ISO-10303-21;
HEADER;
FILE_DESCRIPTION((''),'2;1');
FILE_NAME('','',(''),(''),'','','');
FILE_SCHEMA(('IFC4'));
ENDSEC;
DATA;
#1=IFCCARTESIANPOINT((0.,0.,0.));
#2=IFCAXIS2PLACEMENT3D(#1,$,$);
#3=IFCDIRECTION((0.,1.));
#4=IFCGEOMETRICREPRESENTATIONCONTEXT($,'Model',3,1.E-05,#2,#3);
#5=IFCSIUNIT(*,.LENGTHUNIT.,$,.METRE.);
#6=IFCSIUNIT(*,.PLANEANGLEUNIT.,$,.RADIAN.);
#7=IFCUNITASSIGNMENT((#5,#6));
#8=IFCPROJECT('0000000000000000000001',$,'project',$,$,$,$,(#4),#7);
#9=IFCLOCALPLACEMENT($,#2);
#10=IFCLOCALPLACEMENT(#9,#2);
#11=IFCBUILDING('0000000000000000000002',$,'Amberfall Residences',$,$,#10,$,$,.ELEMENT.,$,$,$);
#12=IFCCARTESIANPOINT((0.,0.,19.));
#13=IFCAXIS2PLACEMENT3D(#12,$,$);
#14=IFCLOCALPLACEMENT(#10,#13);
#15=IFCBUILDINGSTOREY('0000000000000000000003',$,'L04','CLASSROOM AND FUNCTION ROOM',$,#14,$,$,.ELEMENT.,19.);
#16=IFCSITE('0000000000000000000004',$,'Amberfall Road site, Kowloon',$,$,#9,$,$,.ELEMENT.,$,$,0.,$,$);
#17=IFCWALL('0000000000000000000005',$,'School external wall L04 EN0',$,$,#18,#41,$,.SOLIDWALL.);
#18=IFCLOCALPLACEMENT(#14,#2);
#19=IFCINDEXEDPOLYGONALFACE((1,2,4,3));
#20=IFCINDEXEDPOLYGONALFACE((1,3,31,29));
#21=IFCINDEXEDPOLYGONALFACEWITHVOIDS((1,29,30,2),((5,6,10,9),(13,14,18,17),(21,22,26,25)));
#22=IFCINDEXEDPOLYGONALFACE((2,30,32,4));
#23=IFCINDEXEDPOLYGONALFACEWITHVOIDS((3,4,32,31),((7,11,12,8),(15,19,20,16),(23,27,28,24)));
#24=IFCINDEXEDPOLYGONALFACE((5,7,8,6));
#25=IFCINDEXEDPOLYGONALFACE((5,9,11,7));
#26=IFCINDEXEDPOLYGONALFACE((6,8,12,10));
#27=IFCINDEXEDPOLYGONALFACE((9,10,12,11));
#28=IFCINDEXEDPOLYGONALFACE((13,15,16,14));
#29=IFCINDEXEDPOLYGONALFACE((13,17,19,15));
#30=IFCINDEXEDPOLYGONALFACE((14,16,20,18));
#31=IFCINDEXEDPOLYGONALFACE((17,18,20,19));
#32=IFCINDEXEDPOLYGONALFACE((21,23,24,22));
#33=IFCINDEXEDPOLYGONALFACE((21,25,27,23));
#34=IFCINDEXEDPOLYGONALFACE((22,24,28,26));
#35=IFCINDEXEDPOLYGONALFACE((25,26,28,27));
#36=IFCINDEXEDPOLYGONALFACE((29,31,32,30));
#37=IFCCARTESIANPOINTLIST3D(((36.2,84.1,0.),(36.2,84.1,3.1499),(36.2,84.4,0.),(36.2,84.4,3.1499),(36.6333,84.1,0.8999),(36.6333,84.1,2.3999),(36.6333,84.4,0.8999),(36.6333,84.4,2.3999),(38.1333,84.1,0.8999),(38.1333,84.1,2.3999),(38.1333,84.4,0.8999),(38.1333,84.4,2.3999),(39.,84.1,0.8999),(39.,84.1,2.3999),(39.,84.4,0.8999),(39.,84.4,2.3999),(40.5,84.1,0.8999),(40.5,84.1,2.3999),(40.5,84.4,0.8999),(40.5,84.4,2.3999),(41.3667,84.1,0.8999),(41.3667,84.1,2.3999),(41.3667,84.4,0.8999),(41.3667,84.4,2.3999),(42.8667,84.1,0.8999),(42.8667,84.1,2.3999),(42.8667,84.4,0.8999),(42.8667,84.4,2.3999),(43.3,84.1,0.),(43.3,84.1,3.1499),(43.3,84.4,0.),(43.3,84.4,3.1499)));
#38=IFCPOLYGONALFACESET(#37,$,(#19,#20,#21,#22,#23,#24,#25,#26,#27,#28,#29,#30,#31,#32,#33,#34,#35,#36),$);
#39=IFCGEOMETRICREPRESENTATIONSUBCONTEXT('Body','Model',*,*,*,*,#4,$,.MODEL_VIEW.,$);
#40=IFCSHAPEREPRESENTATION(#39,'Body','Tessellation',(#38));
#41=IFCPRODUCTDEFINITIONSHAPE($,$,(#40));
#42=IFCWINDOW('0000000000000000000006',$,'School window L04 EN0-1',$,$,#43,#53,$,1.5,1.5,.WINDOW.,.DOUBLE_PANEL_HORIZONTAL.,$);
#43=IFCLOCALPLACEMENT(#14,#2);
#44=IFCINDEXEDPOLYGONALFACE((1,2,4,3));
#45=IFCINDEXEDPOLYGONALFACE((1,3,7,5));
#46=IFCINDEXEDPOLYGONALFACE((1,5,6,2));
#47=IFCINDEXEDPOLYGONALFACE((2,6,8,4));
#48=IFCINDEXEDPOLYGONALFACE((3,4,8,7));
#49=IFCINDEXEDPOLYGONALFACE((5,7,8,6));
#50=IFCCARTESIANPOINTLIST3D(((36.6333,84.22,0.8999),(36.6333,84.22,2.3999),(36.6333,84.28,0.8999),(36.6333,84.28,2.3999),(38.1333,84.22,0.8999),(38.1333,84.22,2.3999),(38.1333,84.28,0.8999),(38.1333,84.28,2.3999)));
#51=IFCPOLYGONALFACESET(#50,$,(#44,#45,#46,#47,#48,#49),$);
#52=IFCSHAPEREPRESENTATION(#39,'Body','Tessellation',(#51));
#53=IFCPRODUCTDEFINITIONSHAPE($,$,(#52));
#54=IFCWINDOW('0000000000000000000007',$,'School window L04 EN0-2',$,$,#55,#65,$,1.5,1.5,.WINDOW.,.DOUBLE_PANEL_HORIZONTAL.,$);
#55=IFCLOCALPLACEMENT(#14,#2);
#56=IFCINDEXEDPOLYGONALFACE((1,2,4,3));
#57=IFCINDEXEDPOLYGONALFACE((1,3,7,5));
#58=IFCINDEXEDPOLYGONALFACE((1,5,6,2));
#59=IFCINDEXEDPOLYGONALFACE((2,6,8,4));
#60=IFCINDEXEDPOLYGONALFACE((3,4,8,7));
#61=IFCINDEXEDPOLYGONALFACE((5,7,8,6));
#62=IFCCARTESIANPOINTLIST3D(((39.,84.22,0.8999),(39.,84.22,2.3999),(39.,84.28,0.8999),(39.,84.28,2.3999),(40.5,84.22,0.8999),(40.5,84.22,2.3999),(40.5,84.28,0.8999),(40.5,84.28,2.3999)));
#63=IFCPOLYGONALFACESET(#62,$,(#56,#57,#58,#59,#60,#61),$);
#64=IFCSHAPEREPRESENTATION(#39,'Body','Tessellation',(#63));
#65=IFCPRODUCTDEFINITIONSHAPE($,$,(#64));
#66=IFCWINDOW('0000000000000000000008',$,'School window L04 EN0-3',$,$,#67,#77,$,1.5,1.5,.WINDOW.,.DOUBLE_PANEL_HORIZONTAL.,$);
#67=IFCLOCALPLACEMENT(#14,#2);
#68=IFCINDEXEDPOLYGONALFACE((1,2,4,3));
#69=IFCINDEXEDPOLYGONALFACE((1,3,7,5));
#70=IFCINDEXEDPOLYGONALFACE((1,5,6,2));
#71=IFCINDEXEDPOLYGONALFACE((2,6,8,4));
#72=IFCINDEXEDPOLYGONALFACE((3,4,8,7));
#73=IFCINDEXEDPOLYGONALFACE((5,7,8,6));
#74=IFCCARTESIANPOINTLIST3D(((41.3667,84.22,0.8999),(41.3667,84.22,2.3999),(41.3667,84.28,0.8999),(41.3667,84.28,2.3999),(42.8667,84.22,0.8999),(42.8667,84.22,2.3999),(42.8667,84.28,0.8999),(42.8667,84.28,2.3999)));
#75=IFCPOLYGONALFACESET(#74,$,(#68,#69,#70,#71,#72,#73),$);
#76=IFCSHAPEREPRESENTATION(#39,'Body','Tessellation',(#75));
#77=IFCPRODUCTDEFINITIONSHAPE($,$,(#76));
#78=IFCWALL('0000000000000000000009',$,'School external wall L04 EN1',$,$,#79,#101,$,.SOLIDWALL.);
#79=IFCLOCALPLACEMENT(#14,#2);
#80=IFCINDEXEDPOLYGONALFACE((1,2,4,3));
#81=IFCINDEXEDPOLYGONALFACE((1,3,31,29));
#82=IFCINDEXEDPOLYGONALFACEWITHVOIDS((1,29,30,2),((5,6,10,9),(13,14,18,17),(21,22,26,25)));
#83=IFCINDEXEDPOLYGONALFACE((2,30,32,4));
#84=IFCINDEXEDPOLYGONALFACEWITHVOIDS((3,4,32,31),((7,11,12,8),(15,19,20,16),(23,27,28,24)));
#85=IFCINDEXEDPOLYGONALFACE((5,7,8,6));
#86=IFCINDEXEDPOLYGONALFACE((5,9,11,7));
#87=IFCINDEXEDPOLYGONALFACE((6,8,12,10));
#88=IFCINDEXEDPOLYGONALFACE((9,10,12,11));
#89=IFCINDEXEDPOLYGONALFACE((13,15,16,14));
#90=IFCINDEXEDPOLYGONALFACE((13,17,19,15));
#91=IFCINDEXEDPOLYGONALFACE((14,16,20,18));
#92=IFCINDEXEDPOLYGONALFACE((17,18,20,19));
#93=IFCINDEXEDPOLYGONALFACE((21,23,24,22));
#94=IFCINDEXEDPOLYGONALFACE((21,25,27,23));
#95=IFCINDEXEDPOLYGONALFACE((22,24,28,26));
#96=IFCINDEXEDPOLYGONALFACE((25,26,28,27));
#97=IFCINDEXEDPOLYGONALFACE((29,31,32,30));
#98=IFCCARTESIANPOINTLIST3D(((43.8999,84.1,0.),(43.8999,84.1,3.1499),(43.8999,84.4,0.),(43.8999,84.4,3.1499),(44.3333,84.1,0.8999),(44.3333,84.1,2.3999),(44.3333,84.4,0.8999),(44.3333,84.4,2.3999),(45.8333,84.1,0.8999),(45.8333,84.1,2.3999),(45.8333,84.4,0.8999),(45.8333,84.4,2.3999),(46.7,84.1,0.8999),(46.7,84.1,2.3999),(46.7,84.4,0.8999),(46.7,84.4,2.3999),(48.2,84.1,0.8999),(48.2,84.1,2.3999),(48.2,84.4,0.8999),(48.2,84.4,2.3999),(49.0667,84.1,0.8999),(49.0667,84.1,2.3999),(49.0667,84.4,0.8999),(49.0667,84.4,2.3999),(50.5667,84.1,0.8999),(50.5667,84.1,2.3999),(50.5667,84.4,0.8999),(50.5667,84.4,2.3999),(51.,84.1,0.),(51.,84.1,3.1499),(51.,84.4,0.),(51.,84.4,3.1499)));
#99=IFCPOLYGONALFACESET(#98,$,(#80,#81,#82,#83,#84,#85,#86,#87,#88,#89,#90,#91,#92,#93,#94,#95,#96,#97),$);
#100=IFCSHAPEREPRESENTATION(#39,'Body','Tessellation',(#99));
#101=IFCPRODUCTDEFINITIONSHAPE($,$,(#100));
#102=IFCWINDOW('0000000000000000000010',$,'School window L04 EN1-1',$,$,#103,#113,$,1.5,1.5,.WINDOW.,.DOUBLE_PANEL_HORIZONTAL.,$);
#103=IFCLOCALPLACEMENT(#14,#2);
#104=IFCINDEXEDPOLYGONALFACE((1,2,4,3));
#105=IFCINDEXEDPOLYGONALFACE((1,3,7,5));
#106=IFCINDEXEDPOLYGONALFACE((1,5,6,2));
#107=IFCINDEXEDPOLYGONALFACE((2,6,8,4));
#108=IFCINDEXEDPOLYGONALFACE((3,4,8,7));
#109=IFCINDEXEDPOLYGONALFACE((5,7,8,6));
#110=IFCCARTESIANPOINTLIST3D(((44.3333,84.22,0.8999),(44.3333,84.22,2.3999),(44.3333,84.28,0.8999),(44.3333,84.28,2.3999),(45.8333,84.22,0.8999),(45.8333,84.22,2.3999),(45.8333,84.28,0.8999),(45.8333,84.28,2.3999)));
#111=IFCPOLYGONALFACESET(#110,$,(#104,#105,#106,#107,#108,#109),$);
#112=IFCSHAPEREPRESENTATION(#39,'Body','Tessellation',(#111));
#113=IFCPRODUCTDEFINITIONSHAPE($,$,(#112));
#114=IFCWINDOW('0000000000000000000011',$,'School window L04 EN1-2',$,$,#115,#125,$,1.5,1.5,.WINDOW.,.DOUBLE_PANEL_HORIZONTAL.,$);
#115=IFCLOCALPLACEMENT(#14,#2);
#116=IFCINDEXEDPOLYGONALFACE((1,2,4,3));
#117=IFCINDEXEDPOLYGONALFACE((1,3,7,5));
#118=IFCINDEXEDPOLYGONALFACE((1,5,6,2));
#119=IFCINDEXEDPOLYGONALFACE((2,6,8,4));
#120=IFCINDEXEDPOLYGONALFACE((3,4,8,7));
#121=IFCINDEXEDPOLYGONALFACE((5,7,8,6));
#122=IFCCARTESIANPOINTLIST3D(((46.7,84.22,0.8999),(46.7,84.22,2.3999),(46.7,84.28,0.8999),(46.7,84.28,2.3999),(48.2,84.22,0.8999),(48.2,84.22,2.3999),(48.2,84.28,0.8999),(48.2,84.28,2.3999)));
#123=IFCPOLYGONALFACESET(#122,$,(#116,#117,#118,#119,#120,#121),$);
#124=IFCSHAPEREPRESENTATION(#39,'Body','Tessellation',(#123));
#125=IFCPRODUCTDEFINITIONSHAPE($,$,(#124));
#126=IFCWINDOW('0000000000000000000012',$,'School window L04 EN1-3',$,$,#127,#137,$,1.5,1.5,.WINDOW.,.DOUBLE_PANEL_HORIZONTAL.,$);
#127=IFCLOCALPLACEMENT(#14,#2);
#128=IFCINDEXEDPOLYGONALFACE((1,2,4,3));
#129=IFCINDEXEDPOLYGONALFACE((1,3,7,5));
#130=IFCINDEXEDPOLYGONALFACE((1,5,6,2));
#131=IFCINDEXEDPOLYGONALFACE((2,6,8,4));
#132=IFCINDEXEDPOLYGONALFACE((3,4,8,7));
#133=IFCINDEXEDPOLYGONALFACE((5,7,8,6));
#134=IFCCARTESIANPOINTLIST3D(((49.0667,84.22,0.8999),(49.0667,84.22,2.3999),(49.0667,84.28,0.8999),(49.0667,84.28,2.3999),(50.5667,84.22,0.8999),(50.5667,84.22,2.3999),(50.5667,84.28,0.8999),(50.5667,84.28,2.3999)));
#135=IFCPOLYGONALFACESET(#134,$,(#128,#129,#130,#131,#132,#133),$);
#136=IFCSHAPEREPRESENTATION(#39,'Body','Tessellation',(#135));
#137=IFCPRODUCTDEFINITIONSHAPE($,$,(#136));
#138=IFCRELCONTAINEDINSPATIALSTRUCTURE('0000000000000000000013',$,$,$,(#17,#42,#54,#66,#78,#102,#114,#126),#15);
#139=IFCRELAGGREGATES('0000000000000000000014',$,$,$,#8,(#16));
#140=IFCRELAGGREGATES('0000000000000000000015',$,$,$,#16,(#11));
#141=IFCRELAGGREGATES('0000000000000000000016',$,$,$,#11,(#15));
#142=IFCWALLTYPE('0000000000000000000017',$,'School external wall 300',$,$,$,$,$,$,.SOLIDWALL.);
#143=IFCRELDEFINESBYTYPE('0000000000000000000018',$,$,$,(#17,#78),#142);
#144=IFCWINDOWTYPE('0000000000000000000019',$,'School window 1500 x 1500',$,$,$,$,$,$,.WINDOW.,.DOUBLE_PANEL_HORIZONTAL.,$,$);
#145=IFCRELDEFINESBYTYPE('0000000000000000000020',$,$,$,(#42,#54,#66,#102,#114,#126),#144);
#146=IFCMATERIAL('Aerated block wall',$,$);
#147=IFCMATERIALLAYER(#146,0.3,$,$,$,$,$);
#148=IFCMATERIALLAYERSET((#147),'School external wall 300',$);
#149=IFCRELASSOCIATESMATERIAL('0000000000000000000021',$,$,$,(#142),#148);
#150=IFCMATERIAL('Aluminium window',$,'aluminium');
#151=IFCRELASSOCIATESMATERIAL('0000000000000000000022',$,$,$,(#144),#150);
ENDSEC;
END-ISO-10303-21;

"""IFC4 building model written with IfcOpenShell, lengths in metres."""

from ifc_helpers import new_model, si_unit, direction, frame, frame_2d, origin, place, context, subcontext, project, spatial, rectangle, extrude, material, layer, layer_set, type_object, element, fill, save


model = new_model("IFC4")

# Units and contexts
model_context = context("Model", 3, precision=1e-05, world=origin(), true_north=direction((0.0, 1.0)))
body_context = subcontext(model_context, "Body", "Model", "MODEL_VIEW")
ifc_project = project(units=[si_unit("LENGTHUNIT", "METRE"), si_unit("PLANEANGLEUNIT", "RADIAN")], contexts=[model_context])

# Site, building, storey
site_placement = place(None, origin())
site = spatial("IfcSite", under=ifc_project, at=site_placement, Name="Amberfall Road site, Kowloon", CompositionType="ELEMENT", RefElevation=0.0)
building_placement = place(site_placement, origin())
building = spatial("IfcBuilding", under=site, at=building_placement, Name="Amberfall Residences", CompositionType="ELEMENT")
storey_placement = place(building_placement, frame((0.0, 0.0, 19.0)))
storey = spatial("IfcBuildingStorey", under=building, at=storey_placement, Name="L04", Description="CLASSROOM AND FUNCTION ROOM", CompositionType="ELEMENT", Elevation=19.0)

# Walls, openings, windows
ifc_material_1 = material(Name="Aerated block wall")
ifc_layer_1 = layer(ifc_material_1, 0.3)
ifc_layer_set_1 = layer_set([ifc_layer_1], Name="School external wall 300")
wall_type_1 = type_object("IfcWallType", Name="School external wall 300", PredefinedType="SOLIDWALL", material=ifc_layer_set_1)
ifc_material_2 = material(Name="Aluminium window", Category="aluminium")
window_type = type_object("IfcWindowType", Name="School window 1500 x 1500", PartitioningType="DOUBLE_PANEL_HORIZONTAL", PredefinedType="WINDOW", material=ifc_material_2)
wall_1_placement = place(storey_placement, frame((36.2, 84.25, 0.0), z_axis=(0.0, 0.0, 1.0), x_axis=(1.0, 0.0, 0.0)))
wall_1 = element("IfcWall", 1, at=wall_1_placement, inside=storey, type_object=wall_type_1, Name="School external wall L04 EN0", PredefinedType="SOLIDWALL", context=body_context, shape_type="SweptSolid", body=[
    extrude(rectangle(XDim=7.1001, YDim=0.3, at=frame_2d((3.55, 0.0))), origin(), (0.0, 0.0, 1.0), 3.1499),
])
opening_1_placement = place(wall_1_placement, frame((0.4333, 0.0, 0.8999)))
opening_1 = element("IfcOpeningElement", 2, at=opening_1_placement, cuts=wall_1, PredefinedType="OPENING", context=body_context, shape_type="SweptSolid", body=[
    extrude(rectangle(XDim=1.5, YDim=1.5, at=frame_2d((0.75, 0.75))), frame((0.0, 0.1599, 0.0), z_axis=(0.0, -1.0, 0.0), x_axis=(1.0, 0.0, 0.0)), (0.0, 0.0, 1.0), 0.3201),
])
opening_2_placement = place(wall_1_placement, frame((2.8, 0.0, 0.8999)))
opening_2 = element("IfcOpeningElement", 3, at=opening_2_placement, cuts=wall_1, PredefinedType="OPENING", context=body_context, shape_type="SweptSolid", body=[
    extrude(rectangle(XDim=1.5, YDim=1.5, at=frame_2d((0.75, 0.75))), frame((0.0, 0.1599, 0.0), z_axis=(0.0, -1.0, 0.0), x_axis=(1.0, 0.0, 0.0)), (0.0, 0.0, 1.0), 0.3201),
])
opening_3_placement = place(wall_1_placement, frame((5.1667, 0.0, 0.8999)))
opening_3 = element("IfcOpeningElement", 4, at=opening_3_placement, cuts=wall_1, PredefinedType="OPENING", context=body_context, shape_type="SweptSolid", body=[
    extrude(rectangle(XDim=1.5, YDim=1.5, at=frame_2d((0.75, 0.75))), frame((0.0, 0.1599, 0.0), z_axis=(0.0, -1.0, 0.0), x_axis=(1.0, 0.0, 0.0)), (0.0, 0.0, 1.0), 0.3201),
])
window_1_placement = place(opening_1_placement, origin())
window_1 = element("IfcWindow", 5, at=window_1_placement, inside=storey, type_object=window_type, Name="School window L04 EN0-1", OverallHeight=1.5, OverallWidth=1.5, PartitioningType="DOUBLE_PANEL_HORIZONTAL", PredefinedType="WINDOW", context=body_context, shape_type="SweptSolid", body=[
    extrude(rectangle(XDim=1.5, YDim=1.5, at=frame_2d((0.75, 0.75))), frame((0.0, 0.03, 0.0), z_axis=(0.0, -1.0, 0.0), x_axis=(1.0, 0.0, 0.0)), (0.0, 0.0, 1.0), 0.0601),
])
fill(opening_1, window_1)
window_2_placement = place(opening_2_placement, origin())
window_2 = element("IfcWindow", 6, at=window_2_placement, inside=storey, type_object=window_type, Name="School window L04 EN0-2", OverallHeight=1.5, OverallWidth=1.5, PartitioningType="DOUBLE_PANEL_HORIZONTAL", PredefinedType="WINDOW", context=body_context, shape_type="SweptSolid", body=[
    extrude(rectangle(XDim=1.5, YDim=1.5, at=frame_2d((0.75, 0.75))), frame((0.0, 0.03, 0.0), z_axis=(0.0, -1.0, 0.0), x_axis=(1.0, 0.0, 0.0)), (0.0, 0.0, 1.0), 0.0601),
])
fill(opening_2, window_2)
window_3_placement = place(opening_3_placement, origin())
window_3 = element("IfcWindow", 7, at=window_3_placement, inside=storey, type_object=window_type, Name="School window L04 EN0-3", OverallHeight=1.5, OverallWidth=1.5, PartitioningType="DOUBLE_PANEL_HORIZONTAL", PredefinedType="WINDOW", context=body_context, shape_type="SweptSolid", body=[
    extrude(rectangle(XDim=1.5, YDim=1.5, at=frame_2d((0.75, 0.75))), frame((0.0, 0.03, 0.0), z_axis=(0.0, -1.0, 0.0), x_axis=(1.0, 0.0, 0.0)), (0.0, 0.0, 1.0), 0.0601),
])
fill(opening_3, window_3)
wall_2_placement = place(storey_placement, frame((43.8999, 84.25, 0.0), z_axis=(0.0, 0.0, 1.0), x_axis=(1.0, 0.0, 0.0)))
wall_2 = element("IfcWall", 8, at=wall_2_placement, inside=storey, type_object=wall_type_1, Name="School external wall L04 EN1", PredefinedType="SOLIDWALL", context=body_context, shape_type="SweptSolid", body=[
    extrude(rectangle(XDim=7.1001, YDim=0.3, at=frame_2d((3.55, 0.0))), origin(), (0.0, 0.0, 1.0), 3.1499),
])
opening_4_placement = place(wall_2_placement, frame((0.4333, 0.0, 0.8999)))
opening_4 = element("IfcOpeningElement", 9, at=opening_4_placement, cuts=wall_2, PredefinedType="OPENING", context=body_context, shape_type="SweptSolid", body=[
    extrude(rectangle(XDim=1.5, YDim=1.5, at=frame_2d((0.75, 0.75))), frame((0.0, 0.1599, 0.0), z_axis=(0.0, -1.0, 0.0), x_axis=(1.0, 0.0, 0.0)), (0.0, 0.0, 1.0), 0.3201),
])
opening_5_placement = place(wall_2_placement, frame((2.8, 0.0, 0.8999)))
opening_5 = element("IfcOpeningElement", 10, at=opening_5_placement, cuts=wall_2, PredefinedType="OPENING", context=body_context, shape_type="SweptSolid", body=[
    extrude(rectangle(XDim=1.5, YDim=1.5, at=frame_2d((0.75, 0.75))), frame((0.0, 0.1599, 0.0), z_axis=(0.0, -1.0, 0.0), x_axis=(1.0, 0.0, 0.0)), (0.0, 0.0, 1.0), 0.3201),
])
opening_6_placement = place(wall_2_placement, frame((5.1667, 0.0, 0.8999)))
opening_6 = element("IfcOpeningElement", 11, at=opening_6_placement, cuts=wall_2, PredefinedType="OPENING", context=body_context, shape_type="SweptSolid", body=[
    extrude(rectangle(XDim=1.5, YDim=1.5, at=frame_2d((0.75, 0.75))), frame((0.0, 0.1599, 0.0), z_axis=(0.0, -1.0, 0.0), x_axis=(1.0, 0.0, 0.0)), (0.0, 0.0, 1.0), 0.3201),
])
window_4_placement = place(opening_4_placement, origin())
window_4 = element("IfcWindow", 12, at=window_4_placement, inside=storey, type_object=window_type, Name="School window L04 EN1-1", OverallHeight=1.5, OverallWidth=1.5, PartitioningType="DOUBLE_PANEL_HORIZONTAL", PredefinedType="WINDOW", context=body_context, shape_type="SweptSolid", body=[
    extrude(rectangle(XDim=1.5, YDim=1.5, at=frame_2d((0.75, 0.75))), frame((0.0, 0.03, 0.0), z_axis=(0.0, -1.0, 0.0), x_axis=(1.0, 0.0, 0.0)), (0.0, 0.0, 1.0), 0.0601),
])
fill(opening_4, window_4)
window_5_placement = place(opening_5_placement, origin())
window_5 = element("IfcWindow", 13, at=window_5_placement, inside=storey, type_object=window_type, Name="School window L04 EN1-2", OverallHeight=1.5, OverallWidth=1.5, PartitioningType="DOUBLE_PANEL_HORIZONTAL", PredefinedType="WINDOW", context=body_context, shape_type="SweptSolid", body=[
    extrude(rectangle(XDim=1.5, YDim=1.5, at=frame_2d((0.75, 0.75))), frame((0.0, 0.03, 0.0), z_axis=(0.0, -1.0, 0.0), x_axis=(1.0, 0.0, 0.0)), (0.0, 0.0, 1.0), 0.0601),
])
fill(opening_5, window_5)
window_6_placement = place(opening_6_placement, origin())
window_6 = element("IfcWindow", 14, at=window_6_placement, inside=storey, type_object=window_type, Name="School window L04 EN1-3", OverallHeight=1.5, OverallWidth=1.5, PartitioningType="DOUBLE_PANEL_HORIZONTAL", PredefinedType="WINDOW", context=body_context, shape_type="SweptSolid", body=[
    extrude(rectangle(XDim=1.5, YDim=1.5, at=frame_2d((0.75, 0.75))), frame((0.0, 0.03, 0.0), z_axis=(0.0, -1.0, 0.0), x_axis=(1.0, 0.0, 0.0)), (0.0, 0.0, 1.0), 0.0601),
])
fill(opening_6, window_6)

save(model, "model.ifc")
